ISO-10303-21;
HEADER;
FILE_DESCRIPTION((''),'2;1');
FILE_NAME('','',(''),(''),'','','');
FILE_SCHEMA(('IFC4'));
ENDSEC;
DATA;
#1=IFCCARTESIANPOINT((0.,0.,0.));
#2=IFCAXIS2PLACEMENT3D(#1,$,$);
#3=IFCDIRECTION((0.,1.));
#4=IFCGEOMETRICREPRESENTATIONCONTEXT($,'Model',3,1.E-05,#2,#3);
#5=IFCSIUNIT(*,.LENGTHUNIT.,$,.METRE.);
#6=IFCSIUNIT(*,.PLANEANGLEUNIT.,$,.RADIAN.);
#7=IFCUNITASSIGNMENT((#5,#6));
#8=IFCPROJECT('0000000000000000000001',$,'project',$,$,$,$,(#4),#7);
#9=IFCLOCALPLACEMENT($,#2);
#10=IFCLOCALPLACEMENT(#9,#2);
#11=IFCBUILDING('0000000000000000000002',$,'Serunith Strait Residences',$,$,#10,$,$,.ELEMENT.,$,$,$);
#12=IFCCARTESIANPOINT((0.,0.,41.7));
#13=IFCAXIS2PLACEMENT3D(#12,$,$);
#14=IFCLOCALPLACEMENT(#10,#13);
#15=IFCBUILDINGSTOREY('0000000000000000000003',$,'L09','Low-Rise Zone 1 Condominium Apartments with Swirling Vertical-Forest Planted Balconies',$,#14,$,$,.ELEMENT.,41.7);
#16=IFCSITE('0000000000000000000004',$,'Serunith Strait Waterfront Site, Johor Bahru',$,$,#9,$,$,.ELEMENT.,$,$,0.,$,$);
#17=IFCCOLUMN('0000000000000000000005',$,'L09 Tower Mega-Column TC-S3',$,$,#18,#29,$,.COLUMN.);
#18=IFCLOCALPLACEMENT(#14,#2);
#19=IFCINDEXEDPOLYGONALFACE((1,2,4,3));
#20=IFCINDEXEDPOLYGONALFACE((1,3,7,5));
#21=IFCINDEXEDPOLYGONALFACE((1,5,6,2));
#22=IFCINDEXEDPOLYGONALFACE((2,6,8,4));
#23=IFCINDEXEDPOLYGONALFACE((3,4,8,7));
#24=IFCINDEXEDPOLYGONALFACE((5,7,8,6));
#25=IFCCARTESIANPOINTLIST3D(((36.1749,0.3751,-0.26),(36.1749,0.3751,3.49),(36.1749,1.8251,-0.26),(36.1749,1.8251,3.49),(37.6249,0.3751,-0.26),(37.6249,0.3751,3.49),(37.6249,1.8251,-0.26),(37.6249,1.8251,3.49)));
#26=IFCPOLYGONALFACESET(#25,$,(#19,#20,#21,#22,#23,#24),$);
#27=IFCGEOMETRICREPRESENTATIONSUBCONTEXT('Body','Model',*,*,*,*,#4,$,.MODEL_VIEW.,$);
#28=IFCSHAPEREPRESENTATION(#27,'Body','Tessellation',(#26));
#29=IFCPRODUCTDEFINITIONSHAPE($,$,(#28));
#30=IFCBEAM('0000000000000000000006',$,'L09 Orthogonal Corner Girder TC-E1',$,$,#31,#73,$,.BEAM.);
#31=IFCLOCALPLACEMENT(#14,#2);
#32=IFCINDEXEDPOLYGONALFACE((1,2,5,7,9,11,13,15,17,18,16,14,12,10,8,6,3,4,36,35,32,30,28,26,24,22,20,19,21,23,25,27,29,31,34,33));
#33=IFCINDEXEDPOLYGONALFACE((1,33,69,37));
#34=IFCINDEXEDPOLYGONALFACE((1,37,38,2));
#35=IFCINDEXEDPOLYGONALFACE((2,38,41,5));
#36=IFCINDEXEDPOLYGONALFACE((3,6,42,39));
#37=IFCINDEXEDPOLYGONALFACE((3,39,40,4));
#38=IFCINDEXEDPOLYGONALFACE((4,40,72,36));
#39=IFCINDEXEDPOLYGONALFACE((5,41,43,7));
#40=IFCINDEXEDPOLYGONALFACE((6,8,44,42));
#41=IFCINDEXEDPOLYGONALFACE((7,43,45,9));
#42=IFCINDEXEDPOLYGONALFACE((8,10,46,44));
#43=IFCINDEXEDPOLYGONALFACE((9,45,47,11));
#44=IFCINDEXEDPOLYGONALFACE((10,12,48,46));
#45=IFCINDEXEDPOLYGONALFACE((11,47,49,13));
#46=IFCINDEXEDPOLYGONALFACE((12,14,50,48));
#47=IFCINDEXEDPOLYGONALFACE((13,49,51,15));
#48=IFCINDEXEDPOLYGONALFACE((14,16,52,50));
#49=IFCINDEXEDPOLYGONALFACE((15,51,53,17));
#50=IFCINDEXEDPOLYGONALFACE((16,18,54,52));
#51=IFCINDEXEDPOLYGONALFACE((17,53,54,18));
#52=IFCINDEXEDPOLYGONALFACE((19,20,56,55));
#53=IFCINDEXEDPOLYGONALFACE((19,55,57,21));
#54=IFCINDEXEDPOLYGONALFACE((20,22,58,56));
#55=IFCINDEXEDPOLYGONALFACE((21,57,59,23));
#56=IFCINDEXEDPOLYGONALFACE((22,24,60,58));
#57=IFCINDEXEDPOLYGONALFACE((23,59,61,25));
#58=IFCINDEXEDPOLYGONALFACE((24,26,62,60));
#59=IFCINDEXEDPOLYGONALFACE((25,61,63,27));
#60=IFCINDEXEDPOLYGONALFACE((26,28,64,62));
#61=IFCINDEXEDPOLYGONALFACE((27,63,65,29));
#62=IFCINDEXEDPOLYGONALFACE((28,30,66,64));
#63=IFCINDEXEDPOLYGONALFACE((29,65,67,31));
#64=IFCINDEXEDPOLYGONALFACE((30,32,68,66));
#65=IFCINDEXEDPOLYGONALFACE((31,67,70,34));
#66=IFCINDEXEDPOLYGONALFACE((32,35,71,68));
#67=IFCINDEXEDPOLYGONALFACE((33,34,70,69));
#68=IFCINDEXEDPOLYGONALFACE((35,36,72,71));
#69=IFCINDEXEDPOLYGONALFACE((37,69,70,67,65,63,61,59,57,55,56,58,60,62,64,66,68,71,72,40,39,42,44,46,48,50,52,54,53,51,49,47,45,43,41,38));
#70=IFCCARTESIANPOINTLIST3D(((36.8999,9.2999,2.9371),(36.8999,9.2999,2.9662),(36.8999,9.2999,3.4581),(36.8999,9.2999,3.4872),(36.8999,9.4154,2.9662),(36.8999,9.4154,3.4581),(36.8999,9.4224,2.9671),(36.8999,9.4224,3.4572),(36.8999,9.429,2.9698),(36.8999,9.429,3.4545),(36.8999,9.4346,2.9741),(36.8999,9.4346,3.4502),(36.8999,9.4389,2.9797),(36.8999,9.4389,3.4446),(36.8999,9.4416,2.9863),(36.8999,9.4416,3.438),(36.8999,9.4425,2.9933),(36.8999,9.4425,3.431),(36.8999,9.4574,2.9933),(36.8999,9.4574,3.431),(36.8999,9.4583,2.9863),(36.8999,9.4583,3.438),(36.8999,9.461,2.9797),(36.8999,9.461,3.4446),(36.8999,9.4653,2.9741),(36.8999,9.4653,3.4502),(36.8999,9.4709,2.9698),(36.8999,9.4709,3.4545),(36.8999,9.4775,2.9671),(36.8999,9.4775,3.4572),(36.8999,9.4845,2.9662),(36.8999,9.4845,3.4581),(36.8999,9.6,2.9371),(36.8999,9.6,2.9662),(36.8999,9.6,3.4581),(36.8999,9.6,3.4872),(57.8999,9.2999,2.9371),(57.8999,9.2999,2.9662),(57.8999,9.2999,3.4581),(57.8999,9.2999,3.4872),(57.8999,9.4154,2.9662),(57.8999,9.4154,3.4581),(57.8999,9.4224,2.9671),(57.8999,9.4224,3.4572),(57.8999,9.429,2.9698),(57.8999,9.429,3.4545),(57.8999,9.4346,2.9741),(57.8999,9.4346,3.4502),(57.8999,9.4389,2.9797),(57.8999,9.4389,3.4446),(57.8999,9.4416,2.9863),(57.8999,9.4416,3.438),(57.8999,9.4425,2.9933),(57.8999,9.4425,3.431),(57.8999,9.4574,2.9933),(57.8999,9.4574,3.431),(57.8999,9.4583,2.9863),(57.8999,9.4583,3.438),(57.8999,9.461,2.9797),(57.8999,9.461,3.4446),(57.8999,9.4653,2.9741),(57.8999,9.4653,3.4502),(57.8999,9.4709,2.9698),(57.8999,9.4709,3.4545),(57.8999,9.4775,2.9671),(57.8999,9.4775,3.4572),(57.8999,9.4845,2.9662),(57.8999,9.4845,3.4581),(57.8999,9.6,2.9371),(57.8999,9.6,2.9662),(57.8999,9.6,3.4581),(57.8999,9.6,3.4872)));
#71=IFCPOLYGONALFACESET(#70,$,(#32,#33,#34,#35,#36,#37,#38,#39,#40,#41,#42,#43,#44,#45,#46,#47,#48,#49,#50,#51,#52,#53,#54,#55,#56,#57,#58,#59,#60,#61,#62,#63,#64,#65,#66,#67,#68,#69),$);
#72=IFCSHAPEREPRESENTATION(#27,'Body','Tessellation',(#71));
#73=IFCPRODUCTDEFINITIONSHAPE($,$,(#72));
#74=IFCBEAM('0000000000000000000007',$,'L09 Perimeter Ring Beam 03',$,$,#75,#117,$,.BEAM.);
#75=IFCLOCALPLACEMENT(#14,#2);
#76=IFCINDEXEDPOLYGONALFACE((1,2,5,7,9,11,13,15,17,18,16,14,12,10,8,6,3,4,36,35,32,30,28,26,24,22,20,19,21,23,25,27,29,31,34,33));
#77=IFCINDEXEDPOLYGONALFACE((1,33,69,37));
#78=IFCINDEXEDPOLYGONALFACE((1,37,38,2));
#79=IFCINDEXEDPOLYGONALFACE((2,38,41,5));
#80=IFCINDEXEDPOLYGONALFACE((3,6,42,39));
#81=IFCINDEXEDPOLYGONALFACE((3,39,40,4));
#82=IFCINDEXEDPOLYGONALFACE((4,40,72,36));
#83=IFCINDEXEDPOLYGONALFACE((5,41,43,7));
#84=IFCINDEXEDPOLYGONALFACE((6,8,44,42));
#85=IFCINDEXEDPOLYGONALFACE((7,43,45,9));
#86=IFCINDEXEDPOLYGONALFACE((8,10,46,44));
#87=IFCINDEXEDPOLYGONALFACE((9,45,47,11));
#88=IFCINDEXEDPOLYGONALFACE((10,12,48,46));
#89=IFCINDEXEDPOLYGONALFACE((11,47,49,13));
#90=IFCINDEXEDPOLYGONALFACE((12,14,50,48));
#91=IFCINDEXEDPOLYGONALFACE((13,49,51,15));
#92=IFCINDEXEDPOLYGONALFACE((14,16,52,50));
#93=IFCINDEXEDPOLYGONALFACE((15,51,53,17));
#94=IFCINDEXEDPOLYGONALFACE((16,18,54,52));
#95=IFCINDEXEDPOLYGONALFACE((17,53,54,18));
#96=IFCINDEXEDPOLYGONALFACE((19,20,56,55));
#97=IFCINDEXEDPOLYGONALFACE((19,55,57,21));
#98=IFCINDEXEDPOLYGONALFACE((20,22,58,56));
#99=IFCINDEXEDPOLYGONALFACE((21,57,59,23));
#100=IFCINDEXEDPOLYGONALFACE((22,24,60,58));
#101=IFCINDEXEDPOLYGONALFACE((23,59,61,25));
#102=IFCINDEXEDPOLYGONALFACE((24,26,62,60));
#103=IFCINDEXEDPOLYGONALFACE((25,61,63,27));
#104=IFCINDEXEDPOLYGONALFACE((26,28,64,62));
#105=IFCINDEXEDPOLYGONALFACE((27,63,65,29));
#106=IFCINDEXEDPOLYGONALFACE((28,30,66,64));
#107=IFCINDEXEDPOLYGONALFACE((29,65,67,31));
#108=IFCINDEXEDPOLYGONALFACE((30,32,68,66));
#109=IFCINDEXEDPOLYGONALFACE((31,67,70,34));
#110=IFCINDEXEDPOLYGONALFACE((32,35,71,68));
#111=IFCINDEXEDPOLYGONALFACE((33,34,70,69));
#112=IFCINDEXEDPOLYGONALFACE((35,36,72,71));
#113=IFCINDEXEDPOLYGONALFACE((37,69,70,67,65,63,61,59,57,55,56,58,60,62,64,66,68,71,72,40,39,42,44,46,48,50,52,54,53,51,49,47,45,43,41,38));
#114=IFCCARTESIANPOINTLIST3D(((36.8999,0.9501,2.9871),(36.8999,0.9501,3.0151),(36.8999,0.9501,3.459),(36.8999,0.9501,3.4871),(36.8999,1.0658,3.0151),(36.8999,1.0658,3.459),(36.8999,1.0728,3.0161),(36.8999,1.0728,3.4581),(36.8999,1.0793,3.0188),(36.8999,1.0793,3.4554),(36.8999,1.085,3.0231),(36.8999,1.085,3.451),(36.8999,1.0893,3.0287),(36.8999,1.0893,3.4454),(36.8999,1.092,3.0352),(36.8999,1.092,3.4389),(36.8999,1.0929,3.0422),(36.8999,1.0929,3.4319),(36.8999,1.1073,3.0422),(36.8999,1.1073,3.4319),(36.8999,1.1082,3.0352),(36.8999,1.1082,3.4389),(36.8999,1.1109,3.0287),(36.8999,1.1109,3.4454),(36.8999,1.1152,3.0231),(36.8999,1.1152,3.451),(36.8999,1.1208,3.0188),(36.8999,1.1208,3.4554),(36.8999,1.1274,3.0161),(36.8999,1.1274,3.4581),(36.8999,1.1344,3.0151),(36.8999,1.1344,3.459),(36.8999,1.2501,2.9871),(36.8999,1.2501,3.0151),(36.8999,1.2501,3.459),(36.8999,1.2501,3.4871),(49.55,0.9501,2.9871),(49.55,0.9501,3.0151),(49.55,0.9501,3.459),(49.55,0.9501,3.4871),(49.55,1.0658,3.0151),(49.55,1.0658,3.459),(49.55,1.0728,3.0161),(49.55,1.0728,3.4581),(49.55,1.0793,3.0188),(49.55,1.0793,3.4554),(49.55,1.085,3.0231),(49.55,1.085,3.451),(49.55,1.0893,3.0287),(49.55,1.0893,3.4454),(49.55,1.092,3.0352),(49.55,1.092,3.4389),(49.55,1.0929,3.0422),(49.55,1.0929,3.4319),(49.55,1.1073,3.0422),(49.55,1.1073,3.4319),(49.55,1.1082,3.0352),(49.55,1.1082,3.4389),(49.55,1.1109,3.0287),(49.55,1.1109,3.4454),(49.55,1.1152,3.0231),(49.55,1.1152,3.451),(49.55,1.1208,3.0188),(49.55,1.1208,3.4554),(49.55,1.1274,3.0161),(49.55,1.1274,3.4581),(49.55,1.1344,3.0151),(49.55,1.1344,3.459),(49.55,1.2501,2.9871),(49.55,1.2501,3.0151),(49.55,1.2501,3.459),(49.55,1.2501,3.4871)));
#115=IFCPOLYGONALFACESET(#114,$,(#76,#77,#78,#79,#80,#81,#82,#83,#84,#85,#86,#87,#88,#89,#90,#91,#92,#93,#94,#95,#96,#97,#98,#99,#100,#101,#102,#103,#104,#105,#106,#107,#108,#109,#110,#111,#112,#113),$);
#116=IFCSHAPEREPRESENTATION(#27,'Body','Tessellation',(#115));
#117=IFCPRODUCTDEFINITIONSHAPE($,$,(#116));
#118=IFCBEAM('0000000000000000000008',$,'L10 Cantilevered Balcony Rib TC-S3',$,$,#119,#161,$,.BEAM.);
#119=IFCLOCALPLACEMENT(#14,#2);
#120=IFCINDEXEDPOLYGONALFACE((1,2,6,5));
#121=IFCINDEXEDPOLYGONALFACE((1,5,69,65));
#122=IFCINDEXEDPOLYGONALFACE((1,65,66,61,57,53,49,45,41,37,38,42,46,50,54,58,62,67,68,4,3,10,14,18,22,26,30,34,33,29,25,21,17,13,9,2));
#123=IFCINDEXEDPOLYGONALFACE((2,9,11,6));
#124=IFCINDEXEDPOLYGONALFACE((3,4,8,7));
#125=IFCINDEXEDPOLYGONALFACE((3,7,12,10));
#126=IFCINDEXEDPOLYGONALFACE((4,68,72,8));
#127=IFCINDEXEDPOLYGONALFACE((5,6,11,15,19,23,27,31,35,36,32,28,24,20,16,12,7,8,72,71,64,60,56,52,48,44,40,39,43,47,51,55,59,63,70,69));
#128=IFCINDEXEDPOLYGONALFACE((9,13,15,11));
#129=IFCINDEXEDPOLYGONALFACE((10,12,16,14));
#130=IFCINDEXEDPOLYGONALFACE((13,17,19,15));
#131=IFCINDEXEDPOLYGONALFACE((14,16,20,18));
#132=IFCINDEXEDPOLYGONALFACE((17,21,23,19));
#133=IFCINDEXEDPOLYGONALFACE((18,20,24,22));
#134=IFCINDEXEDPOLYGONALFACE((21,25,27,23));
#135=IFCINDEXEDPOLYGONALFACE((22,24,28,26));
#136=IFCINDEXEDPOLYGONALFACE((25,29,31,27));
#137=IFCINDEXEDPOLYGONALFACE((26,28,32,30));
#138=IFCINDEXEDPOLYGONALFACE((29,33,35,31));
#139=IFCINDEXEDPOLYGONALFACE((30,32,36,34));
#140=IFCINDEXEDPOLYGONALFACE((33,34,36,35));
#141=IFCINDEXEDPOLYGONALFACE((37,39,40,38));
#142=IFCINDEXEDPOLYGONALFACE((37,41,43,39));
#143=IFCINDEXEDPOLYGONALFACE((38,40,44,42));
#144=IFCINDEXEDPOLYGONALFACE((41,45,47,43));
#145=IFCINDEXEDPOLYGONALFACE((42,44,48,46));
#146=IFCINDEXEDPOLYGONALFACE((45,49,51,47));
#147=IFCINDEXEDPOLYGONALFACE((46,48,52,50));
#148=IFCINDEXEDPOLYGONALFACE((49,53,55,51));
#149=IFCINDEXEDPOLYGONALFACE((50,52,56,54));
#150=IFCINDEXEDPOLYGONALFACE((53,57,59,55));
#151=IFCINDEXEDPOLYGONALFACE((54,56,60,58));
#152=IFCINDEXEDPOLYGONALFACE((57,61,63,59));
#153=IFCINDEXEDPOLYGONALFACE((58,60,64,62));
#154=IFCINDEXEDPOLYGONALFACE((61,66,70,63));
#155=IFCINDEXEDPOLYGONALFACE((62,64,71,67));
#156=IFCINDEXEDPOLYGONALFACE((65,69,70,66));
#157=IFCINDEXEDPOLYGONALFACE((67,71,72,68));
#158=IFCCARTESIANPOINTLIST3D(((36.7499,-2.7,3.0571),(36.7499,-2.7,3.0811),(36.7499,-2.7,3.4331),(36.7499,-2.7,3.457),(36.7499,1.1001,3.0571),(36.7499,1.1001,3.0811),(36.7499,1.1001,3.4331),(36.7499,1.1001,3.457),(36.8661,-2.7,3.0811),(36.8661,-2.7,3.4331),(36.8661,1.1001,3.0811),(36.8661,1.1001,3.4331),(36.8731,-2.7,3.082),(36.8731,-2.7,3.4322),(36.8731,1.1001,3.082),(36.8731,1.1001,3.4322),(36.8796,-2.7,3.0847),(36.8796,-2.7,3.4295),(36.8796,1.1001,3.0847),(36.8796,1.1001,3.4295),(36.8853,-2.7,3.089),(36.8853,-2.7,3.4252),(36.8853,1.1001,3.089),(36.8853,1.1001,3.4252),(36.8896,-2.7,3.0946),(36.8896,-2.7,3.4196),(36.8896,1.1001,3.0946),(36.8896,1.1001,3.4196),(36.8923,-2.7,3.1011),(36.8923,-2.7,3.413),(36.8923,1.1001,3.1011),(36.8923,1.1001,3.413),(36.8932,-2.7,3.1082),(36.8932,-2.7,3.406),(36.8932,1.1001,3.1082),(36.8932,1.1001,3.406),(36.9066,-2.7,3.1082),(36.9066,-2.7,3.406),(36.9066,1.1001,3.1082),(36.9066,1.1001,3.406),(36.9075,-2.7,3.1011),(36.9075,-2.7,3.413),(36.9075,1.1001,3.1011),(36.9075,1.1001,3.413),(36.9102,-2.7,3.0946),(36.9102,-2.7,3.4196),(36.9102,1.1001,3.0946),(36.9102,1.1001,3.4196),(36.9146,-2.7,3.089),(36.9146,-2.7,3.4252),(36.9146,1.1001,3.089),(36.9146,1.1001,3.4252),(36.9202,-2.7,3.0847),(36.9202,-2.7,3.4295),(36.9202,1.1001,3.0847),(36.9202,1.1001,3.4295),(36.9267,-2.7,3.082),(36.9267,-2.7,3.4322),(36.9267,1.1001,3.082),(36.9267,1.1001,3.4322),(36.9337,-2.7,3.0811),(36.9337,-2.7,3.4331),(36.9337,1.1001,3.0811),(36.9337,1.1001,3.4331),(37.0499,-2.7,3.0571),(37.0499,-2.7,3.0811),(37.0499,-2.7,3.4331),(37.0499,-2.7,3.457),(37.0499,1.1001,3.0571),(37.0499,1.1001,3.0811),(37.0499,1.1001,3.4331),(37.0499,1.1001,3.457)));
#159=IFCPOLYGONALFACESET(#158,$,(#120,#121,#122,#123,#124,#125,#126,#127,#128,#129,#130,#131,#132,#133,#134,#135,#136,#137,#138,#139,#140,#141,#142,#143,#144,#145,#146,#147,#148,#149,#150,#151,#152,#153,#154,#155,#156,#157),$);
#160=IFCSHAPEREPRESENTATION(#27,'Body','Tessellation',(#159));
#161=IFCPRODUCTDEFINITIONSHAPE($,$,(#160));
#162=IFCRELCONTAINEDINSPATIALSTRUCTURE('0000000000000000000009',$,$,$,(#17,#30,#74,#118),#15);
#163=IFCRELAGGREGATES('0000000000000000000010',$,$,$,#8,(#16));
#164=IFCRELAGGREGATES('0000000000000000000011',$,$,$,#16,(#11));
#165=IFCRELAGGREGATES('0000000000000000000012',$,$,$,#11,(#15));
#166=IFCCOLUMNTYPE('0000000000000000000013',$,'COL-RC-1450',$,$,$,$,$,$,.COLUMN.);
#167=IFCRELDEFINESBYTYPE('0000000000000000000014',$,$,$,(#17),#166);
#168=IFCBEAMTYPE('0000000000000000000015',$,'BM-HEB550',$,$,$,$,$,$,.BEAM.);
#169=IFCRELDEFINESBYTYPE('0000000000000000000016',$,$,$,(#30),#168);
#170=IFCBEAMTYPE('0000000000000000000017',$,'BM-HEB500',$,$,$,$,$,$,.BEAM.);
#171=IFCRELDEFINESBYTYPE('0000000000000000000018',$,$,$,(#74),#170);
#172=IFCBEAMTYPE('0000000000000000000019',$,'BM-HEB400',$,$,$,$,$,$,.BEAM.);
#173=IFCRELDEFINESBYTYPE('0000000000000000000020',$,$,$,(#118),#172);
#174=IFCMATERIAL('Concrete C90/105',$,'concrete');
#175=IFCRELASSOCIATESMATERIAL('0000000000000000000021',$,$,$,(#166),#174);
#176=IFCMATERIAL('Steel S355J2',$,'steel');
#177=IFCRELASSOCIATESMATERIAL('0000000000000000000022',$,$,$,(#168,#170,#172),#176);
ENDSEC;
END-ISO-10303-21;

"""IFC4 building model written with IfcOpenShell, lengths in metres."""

from ifc_helpers import new_model, si_unit, direction, frame, origin, origin_2d, place, context, subcontext, project, spatial, rectangle, i_section, extrude, source, transform, mapped, material, material_profile, profile_set, type_object, element, save


model = new_model("IFC4")

# Units and contexts
model_context = context("Model", 3, precision=1e-05, world=origin(), true_north=direction((0.0, 1.0)))
body_context = subcontext(model_context, "Body", "Model", "MODEL_VIEW")
ifc_project = project(units=[si_unit("LENGTHUNIT", "METRE"), si_unit("PLANEANGLEUNIT", "RADIAN")], contexts=[model_context])

# Site, building, storey
site_placement = place(None, origin())
site = spatial("IfcSite", under=ifc_project, at=site_placement, Name="Serunith Strait Waterfront Site, Johor Bahru", CompositionType="ELEMENT", RefElevation=0.0)
building_placement = place(site_placement, origin())
building = spatial("IfcBuilding", under=site, at=building_placement, Name="Serunith Strait Residences", CompositionType="ELEMENT")
storey_placement = place(building_placement, frame((0.0, 0.0, 41.7)))
storey = spatial("IfcBuildingStorey", under=building, at=storey_placement, Name="L09", Description="Low-Rise Zone 1 Condominium Apartments with Swirling Vertical-Forest Planted Balconies", CompositionType="ELEMENT", Elevation=41.7)

# Column
ifc_material_1 = material(Name="Concrete C90/105", Category="concrete")
ifc_material_profile_1 = material_profile(ifc_material_1, rectangle(XDim=1.45, YDim=1.45, at=origin_2d()), Name="RC 1450x1450")
ifc_profile_set_1 = profile_set([ifc_material_profile_1], Name="Concrete C90/105")
column_type = type_object("IfcColumnType", Name="COL-RC-1450", PredefinedType="COLUMN", material=ifc_profile_set_1)
shared_shape_1 = source(origin(), body_context, "Body", "SweptSolid", [
    extrude(rectangle(XDim=1.45, YDim=1.45, at=origin_2d()), origin(), (0.0, 0.0, 1.0), 3.75),
])
column_placement = place(storey_placement, frame((36.8999, 1.1001, -0.26), z_axis=(0.0, 0.0, 1.0), x_axis=(1.0, 0.0, 0.0)))
element("IfcColumn", 1, at=column_placement, inside=storey, type_object=column_type, Name="L09 Tower Mega-Column TC-S3", PredefinedType="COLUMN", context=body_context, shape_type="MappedRepresentation", body=[
    mapped(shared_shape_1, transform((0.0, 0.0, 0.0), scale=1.0)),
])

# Beams
ifc_material_2 = material(Name="Steel S355J2", Category="steel")
ifc_material_profile_2 = material_profile(ifc_material_2, i_section(OverallWidth=0.3, OverallDepth=0.55, WebThickness=0.0149, FlangeThickness=0.0291, FilletRadius=0.0271, at=origin_2d()), Name="HEB 550")
ifc_profile_set_2 = profile_set([ifc_material_profile_2], Name="Steel S355J2")
beam_type_1 = type_object("IfcBeamType", Name="BM-HEB550", PredefinedType="BEAM", material=ifc_profile_set_2)
shared_shape_2 = source(origin(), body_context, "Body", "SweptSolid", [
    extrude(i_section(OverallWidth=0.3, OverallDepth=0.55, WebThickness=0.0149, FlangeThickness=0.0291, FilletRadius=0.0271, at=origin_2d()), origin(), (0.0, 0.0, 1.0), 21.0),
])
beam_1_placement = place(storey_placement, frame((36.8999, 9.45, 3.2122), z_axis=(1.0, 0.0, 0.0), x_axis=(0.0, 1.0, 0.0)))
element("IfcBeam", 2, at=beam_1_placement, inside=storey, type_object=beam_type_1, Name="L09 Orthogonal Corner Girder TC-E1", PredefinedType="BEAM", context=body_context, shape_type="MappedRepresentation", body=[
    mapped(shared_shape_2, transform((0.0, 0.0, 0.0), scale=1.0)),
])
ifc_material_profile_3 = material_profile(ifc_material_2, i_section(OverallWidth=0.3, OverallDepth=0.5, WebThickness=0.0144, FlangeThickness=0.0281, FilletRadius=0.0271, at=origin_2d()), Name="HEB 500")
ifc_profile_set_3 = profile_set([ifc_material_profile_3], Name="Steel S355J2")
beam_type_2 = type_object("IfcBeamType", Name="BM-HEB500", PredefinedType="BEAM", material=ifc_profile_set_3)
shared_shape_3 = source(origin(), body_context, "Body", "SweptSolid", [
    extrude(i_section(OverallWidth=0.3, OverallDepth=0.5, WebThickness=0.0144, FlangeThickness=0.0281, FilletRadius=0.0271, at=origin_2d()), origin(), (0.0, 0.0, 1.0), 12.6501),
])
beam_2_placement = place(storey_placement, frame((36.8999, 1.1001, 3.2371), z_axis=(1.0, 0.0, 0.0), x_axis=(0.0, 1.0, 0.0)))
element("IfcBeam", 3, at=beam_2_placement, inside=storey, type_object=beam_type_2, Name="L09 Perimeter Ring Beam 03", PredefinedType="BEAM", context=body_context, shape_type="MappedRepresentation", body=[
    mapped(shared_shape_3, transform((0.0, 0.0, 0.0), scale=1.0)),
])
ifc_material_profile_4 = material_profile(ifc_material_2, i_section(OverallWidth=0.3, OverallDepth=0.3999, WebThickness=0.0134, FlangeThickness=0.0239, FilletRadius=0.0271, at=origin_2d()), Name="HEB 400")
ifc_profile_set_4 = profile_set([ifc_material_profile_4], Name="Steel S355J2")
beam_type_3 = type_object("IfcBeamType", Name="BM-HEB400", PredefinedType="BEAM", material=ifc_profile_set_4)
shared_shape_4 = source(origin(), body_context, "Body", "SweptSolid", [
    extrude(i_section(OverallWidth=0.3, OverallDepth=0.3999, WebThickness=0.0134, FlangeThickness=0.0239, FilletRadius=0.0271, at=origin_2d()), origin(), (0.0, 0.0, 1.0), 3.8),
])
beam_3_placement = place(storey_placement, frame((36.8999, 1.1001, 3.2571), z_axis=(0.0, -1.0, 0.0), x_axis=(1.0, 0.0, 0.0)))
element("IfcBeam", 4, at=beam_3_placement, inside=storey, type_object=beam_type_3, Name="L10 Cantilevered Balcony Rib TC-S3", PredefinedType="BEAM", context=body_context, shape_type="MappedRepresentation", body=[
    mapped(shared_shape_4, transform((0.0, 0.0, 0.0), scale=1.0)),
])

save(model, "model.ifc")
